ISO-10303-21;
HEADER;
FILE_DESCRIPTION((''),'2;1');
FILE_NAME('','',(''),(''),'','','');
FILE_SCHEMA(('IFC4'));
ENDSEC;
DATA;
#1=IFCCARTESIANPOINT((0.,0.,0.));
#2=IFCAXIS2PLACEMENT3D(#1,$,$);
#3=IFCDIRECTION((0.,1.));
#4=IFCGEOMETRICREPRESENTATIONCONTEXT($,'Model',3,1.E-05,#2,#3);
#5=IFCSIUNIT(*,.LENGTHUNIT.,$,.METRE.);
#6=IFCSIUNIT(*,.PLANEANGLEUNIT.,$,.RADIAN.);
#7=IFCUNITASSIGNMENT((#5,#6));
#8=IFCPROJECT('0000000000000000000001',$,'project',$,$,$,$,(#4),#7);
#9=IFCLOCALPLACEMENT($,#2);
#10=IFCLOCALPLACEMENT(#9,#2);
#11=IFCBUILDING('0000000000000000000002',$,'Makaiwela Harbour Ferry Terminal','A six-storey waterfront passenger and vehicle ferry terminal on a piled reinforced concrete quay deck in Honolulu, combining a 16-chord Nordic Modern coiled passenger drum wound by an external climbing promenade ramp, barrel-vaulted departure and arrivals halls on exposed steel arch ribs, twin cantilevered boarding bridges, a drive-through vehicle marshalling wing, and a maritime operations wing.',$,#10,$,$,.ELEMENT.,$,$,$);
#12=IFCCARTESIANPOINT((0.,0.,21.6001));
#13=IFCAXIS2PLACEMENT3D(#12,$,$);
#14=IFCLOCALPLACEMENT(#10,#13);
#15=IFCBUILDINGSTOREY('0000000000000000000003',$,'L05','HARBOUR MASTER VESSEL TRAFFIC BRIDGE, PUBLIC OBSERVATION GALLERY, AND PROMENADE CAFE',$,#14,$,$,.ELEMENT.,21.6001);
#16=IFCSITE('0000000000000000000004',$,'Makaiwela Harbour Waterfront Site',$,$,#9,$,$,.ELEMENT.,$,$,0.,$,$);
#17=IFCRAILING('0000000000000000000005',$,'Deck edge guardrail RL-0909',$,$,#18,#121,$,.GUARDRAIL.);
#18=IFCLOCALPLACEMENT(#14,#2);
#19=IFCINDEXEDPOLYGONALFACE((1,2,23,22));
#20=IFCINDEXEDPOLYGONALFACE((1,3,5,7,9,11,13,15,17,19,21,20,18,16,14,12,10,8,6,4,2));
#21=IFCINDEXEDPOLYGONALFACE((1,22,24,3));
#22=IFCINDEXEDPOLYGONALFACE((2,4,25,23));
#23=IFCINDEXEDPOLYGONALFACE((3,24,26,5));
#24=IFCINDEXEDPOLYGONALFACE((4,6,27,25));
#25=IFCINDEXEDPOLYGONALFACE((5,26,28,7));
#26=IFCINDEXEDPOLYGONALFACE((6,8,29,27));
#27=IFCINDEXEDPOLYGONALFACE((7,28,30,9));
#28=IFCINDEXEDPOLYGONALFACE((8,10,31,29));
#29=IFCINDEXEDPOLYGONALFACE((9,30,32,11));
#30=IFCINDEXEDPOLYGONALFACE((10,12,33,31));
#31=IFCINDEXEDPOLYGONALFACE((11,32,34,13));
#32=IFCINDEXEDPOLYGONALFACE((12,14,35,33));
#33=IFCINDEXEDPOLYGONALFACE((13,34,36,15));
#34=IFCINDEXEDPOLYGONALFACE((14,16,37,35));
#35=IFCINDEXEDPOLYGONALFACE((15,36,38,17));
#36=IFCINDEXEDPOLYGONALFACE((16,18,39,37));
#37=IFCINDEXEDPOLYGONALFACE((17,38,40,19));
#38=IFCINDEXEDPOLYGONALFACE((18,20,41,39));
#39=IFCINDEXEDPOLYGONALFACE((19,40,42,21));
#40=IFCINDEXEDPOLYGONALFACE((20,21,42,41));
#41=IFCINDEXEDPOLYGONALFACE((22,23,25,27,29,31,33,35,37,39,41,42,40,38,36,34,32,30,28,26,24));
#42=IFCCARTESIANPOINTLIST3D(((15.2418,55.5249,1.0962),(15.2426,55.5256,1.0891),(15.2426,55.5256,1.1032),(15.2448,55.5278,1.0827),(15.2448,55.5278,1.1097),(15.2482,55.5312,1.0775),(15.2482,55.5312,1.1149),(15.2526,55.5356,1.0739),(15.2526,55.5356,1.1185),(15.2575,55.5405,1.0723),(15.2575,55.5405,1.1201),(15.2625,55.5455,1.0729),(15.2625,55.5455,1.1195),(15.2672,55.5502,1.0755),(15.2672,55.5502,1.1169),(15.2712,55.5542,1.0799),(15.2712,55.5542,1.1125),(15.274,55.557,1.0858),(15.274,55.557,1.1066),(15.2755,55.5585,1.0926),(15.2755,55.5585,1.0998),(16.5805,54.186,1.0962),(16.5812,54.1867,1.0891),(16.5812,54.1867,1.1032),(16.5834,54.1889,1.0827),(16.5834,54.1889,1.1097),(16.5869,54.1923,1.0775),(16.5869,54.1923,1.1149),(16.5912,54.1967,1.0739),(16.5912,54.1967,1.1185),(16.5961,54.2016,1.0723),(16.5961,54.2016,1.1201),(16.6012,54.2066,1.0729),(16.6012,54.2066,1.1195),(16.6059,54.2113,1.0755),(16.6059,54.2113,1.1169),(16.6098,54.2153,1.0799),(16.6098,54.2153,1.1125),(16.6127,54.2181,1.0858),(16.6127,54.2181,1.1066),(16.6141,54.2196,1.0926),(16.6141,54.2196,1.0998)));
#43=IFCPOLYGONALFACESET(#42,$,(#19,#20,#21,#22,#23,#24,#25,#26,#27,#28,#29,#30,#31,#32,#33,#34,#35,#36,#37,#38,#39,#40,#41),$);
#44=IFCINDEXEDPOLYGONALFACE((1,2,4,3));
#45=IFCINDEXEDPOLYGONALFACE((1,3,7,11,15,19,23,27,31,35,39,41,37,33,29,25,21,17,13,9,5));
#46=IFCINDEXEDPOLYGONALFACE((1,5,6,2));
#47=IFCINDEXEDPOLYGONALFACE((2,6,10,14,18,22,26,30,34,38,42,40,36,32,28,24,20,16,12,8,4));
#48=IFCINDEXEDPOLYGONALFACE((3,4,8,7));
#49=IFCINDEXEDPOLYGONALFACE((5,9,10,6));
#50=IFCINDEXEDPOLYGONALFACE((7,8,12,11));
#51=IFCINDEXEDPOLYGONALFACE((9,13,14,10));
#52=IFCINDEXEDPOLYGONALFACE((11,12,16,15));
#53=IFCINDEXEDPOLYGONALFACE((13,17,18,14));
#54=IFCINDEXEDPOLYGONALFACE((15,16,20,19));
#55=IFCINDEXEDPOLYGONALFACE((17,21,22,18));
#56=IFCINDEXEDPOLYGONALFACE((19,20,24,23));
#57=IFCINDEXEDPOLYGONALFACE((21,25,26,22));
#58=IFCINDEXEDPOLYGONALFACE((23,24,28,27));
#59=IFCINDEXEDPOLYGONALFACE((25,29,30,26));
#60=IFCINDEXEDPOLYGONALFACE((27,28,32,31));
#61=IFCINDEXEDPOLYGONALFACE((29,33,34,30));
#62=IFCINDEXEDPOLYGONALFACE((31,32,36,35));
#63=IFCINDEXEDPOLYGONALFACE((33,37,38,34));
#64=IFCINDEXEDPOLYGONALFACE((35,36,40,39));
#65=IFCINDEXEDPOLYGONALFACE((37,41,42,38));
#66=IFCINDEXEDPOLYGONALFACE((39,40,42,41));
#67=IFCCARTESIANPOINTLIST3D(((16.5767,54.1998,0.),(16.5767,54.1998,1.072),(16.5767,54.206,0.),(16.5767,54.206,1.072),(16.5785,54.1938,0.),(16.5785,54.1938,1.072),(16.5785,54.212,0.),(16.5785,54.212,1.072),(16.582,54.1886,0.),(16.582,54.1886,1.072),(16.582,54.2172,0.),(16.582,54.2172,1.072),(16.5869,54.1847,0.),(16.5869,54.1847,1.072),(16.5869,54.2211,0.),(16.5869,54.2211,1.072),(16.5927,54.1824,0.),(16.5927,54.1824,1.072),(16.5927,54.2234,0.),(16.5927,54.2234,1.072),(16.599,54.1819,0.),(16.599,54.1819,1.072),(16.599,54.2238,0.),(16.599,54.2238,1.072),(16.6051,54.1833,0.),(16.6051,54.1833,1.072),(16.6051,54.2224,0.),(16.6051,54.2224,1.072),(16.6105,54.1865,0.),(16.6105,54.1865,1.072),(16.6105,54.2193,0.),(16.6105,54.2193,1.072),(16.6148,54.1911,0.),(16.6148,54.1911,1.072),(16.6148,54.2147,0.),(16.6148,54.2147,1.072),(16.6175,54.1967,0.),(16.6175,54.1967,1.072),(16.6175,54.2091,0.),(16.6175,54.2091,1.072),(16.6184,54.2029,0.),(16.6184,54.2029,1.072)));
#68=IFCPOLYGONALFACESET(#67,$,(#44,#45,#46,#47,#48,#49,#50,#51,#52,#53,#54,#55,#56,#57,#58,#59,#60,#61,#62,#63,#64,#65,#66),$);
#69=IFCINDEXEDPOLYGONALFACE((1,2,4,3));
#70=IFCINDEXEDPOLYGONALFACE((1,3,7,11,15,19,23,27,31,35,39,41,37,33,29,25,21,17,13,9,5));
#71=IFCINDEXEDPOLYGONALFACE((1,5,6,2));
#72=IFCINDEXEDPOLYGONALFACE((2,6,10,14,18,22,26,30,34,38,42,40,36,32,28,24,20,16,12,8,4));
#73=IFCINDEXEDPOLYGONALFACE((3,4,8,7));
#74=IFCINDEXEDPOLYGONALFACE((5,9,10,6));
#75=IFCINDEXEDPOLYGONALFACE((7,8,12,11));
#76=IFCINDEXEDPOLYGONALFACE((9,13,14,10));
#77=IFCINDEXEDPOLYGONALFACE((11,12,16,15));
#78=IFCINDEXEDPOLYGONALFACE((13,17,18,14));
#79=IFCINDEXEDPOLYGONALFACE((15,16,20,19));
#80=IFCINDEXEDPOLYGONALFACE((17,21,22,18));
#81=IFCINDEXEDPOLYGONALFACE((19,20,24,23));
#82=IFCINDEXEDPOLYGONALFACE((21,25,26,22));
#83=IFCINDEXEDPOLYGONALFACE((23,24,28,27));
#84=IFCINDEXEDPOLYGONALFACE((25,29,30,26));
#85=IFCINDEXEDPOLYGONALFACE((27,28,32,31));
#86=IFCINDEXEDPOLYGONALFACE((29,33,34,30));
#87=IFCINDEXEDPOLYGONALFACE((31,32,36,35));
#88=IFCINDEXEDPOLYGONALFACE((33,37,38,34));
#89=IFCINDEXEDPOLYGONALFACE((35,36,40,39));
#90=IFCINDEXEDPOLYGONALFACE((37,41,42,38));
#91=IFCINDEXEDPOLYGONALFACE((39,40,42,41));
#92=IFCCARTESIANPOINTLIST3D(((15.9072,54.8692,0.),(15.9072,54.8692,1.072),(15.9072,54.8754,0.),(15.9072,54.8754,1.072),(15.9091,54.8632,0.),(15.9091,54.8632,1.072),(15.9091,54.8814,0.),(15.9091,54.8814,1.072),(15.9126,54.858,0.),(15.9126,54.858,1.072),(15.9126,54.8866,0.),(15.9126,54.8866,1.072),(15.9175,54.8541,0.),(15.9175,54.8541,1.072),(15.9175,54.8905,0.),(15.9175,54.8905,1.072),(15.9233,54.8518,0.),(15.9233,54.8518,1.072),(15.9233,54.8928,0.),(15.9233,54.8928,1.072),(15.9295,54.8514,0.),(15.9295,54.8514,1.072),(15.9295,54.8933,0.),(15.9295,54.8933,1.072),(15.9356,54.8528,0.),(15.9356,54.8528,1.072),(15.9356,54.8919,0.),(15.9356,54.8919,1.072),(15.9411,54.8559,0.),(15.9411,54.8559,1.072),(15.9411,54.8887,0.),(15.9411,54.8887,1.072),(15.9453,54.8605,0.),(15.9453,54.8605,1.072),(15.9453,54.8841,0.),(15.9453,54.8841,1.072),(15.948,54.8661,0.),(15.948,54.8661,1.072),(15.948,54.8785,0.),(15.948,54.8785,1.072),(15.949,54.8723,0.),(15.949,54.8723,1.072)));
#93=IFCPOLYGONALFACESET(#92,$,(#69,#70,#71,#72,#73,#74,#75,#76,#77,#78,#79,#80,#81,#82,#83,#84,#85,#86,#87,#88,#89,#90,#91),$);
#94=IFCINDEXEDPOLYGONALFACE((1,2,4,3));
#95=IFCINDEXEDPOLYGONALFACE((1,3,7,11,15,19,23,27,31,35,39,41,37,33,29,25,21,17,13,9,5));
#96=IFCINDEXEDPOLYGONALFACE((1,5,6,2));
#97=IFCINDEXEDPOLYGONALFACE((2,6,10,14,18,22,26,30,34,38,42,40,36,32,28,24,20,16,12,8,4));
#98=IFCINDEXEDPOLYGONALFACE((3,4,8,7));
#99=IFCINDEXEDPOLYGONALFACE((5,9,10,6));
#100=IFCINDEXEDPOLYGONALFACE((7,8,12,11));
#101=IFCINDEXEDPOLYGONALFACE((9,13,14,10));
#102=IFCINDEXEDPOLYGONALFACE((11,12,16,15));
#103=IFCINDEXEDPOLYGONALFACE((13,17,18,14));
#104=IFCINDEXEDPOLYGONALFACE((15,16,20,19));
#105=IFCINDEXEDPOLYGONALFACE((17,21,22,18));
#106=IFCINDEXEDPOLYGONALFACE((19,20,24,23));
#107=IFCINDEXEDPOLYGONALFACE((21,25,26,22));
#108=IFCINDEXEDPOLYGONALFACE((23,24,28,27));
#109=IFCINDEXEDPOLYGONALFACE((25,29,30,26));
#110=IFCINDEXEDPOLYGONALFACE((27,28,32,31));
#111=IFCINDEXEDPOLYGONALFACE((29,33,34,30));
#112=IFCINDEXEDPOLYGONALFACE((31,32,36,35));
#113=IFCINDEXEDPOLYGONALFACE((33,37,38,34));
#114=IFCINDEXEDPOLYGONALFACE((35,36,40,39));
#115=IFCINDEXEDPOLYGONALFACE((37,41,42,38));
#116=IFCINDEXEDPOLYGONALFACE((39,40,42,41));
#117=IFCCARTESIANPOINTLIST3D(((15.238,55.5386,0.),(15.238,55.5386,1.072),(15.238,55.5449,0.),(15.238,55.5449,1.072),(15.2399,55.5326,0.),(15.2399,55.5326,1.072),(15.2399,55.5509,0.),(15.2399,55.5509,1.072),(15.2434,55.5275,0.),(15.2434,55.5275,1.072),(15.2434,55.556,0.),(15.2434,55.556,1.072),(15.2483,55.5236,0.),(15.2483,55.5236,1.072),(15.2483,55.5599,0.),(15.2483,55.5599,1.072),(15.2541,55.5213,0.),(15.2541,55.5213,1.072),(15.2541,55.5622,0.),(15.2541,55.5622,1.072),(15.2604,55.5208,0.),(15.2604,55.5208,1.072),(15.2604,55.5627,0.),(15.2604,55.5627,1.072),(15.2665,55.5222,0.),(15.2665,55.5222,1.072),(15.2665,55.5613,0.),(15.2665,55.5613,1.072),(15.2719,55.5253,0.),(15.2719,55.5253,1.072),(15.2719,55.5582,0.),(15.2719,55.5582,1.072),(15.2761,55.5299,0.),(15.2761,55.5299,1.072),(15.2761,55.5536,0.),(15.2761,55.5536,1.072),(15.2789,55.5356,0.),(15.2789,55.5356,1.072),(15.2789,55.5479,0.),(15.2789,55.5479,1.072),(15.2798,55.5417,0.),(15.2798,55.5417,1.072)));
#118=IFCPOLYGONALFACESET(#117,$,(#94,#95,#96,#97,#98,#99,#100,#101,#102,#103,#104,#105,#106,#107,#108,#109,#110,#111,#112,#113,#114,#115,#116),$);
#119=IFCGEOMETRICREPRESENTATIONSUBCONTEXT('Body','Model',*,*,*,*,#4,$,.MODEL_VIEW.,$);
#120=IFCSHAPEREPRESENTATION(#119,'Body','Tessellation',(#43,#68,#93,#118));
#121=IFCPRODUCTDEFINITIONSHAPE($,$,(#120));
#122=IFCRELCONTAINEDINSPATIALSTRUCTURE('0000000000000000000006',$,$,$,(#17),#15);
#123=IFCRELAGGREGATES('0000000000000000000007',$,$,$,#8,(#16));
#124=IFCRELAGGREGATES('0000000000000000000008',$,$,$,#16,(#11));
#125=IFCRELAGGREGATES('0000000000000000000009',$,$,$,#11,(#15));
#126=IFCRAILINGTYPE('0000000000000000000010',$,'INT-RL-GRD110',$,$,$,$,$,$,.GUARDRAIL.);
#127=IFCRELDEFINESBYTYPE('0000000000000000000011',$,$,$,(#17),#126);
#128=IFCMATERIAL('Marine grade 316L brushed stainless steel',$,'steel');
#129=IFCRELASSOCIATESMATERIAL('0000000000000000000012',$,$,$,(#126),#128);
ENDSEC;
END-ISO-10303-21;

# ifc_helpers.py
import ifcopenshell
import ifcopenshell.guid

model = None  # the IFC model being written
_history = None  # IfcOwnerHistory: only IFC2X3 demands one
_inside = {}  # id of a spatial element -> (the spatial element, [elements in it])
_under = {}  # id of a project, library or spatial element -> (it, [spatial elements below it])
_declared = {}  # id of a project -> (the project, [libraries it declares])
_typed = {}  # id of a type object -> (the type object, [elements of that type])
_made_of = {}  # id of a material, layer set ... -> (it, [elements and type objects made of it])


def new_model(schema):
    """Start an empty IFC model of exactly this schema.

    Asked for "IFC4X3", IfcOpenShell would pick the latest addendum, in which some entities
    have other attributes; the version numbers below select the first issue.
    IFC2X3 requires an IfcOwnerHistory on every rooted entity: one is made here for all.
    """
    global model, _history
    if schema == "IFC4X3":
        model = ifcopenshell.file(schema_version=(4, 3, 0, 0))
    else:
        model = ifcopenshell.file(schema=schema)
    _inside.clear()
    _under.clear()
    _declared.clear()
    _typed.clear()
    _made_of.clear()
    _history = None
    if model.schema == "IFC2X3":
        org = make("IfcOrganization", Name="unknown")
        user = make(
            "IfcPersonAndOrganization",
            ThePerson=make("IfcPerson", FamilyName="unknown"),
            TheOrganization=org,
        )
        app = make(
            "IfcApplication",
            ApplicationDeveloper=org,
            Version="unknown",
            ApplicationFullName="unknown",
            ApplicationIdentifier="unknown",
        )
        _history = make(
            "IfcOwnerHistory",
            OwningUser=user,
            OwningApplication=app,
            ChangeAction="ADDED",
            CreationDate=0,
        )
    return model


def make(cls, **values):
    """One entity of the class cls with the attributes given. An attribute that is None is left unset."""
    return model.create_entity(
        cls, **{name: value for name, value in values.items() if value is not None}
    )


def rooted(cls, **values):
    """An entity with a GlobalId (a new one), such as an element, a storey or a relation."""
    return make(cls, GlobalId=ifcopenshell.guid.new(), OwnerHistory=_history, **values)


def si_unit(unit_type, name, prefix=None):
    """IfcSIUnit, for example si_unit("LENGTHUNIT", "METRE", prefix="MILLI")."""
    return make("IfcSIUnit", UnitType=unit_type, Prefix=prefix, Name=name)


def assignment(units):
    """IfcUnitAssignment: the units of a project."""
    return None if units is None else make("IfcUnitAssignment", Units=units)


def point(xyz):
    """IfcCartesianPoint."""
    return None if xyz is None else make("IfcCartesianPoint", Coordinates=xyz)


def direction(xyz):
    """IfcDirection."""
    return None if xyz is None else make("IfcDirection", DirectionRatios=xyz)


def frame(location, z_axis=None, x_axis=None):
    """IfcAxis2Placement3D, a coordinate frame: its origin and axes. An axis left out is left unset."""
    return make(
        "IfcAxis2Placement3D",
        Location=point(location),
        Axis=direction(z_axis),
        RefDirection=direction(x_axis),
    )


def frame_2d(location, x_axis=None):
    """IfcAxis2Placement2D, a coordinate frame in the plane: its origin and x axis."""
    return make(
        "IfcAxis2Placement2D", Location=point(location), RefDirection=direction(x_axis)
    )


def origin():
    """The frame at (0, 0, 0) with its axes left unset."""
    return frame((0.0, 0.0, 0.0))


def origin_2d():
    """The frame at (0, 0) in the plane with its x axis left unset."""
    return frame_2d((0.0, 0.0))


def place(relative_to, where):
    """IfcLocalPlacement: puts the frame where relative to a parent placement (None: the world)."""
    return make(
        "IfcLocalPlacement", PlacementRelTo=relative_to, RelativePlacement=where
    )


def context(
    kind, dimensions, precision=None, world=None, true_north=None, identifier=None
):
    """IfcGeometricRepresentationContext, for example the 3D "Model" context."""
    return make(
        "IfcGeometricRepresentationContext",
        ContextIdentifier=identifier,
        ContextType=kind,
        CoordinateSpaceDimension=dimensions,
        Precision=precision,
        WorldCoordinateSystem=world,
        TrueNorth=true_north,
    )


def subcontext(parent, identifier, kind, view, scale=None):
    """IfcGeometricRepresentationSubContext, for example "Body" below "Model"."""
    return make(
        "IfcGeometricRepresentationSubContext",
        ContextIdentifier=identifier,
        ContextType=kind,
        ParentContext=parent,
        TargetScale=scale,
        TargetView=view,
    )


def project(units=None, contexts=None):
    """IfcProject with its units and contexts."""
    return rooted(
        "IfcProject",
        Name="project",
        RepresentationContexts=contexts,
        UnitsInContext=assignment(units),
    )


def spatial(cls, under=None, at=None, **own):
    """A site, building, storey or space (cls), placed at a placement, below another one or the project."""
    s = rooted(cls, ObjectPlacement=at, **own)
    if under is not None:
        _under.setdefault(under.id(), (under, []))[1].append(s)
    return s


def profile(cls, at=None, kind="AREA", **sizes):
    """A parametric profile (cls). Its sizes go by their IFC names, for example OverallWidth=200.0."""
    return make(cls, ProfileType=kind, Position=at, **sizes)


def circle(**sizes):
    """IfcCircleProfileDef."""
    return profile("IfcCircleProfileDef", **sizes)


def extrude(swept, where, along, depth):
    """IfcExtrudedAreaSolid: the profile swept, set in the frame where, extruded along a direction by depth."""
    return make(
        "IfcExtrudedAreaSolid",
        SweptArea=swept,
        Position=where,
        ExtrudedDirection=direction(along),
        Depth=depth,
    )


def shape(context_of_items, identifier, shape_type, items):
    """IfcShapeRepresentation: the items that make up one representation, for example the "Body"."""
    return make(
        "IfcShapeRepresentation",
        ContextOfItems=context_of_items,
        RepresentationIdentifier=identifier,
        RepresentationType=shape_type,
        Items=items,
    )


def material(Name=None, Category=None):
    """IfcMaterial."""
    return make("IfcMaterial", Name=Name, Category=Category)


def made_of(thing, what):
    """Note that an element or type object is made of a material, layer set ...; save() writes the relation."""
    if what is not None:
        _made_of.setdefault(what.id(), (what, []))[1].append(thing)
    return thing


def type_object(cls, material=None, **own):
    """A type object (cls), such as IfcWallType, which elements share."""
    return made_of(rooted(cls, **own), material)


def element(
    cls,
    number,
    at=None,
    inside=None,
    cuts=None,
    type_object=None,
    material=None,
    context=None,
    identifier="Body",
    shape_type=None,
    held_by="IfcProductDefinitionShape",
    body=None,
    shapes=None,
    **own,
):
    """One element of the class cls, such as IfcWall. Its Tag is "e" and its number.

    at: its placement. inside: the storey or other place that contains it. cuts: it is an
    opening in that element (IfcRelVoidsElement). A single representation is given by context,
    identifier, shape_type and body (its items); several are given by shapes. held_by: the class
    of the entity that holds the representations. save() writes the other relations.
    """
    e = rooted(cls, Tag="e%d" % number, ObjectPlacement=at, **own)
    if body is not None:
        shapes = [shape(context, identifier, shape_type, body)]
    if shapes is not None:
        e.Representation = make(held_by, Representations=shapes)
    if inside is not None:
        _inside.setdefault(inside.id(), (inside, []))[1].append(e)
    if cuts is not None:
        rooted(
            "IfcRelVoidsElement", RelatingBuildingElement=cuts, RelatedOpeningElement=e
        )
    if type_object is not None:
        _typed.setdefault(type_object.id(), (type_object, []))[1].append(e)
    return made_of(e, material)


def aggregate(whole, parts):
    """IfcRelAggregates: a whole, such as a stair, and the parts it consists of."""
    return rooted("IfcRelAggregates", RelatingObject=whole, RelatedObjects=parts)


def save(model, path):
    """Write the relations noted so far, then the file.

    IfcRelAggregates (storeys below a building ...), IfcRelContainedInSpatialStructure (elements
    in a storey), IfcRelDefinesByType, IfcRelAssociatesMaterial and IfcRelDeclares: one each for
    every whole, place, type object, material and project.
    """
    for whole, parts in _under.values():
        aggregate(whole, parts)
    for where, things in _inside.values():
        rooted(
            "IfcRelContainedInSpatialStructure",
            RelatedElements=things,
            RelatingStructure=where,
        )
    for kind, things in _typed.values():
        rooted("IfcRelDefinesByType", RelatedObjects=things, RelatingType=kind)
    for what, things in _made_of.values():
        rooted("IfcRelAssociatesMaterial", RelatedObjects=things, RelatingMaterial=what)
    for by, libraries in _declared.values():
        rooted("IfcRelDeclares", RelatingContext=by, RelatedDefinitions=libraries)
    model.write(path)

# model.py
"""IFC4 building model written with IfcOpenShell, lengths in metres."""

from ifc_helpers import new_model, si_unit, direction, frame, origin, origin_2d, place, context, subcontext, project, spatial, circle, extrude, material, type_object, element, save


model = new_model("IFC4")

# Units and contexts
model_context = context("Model", 3, precision=1e-05, world=origin(), true_north=direction((0.0, 1.0)))
body_context = subcontext(model_context, "Body", "Model", "MODEL_VIEW")
ifc_project = project(units=[si_unit("LENGTHUNIT", "METRE"), si_unit("PLANEANGLEUNIT", "RADIAN")], contexts=[model_context])

# Site, building, storey
site_placement = place(None, origin())
site = spatial("IfcSite", under=ifc_project, at=site_placement, Name="Makaiwela Harbour Waterfront Site", CompositionType="ELEMENT", RefElevation=0.0)
building_placement = place(site_placement, origin())
building = spatial("IfcBuilding", under=site, at=building_placement, Name="Makaiwela Harbour Ferry Terminal", Description="A six-storey waterfront passenger and vehicle ferry terminal on a piled reinforced concrete quay deck in Honolulu, combining a 16-chord Nordic Modern coiled passenger drum wound by an external climbing promenade ramp, barrel-vaulted departure and arrivals halls on exposed steel arch ribs, twin cantilevered boarding bridges, a drive-through vehicle marshalling wing, and a maritime operations wing.", CompositionType="ELEMENT")
storey_placement = place(building_placement, frame((0.0, 0.0, 21.6001)))
storey = spatial("IfcBuildingStorey", under=building, at=storey_placement, Name="L05", Description="HARBOUR MASTER VESSEL TRAFFIC BRIDGE, PUBLIC OBSERVATION GALLERY, AND PROMENADE CAFE", CompositionType="ELEMENT", Elevation=21.6001)

# Railing
ifc_material_1 = material(Name="Marine grade 316L brushed stainless steel", Category="steel")
railing_type = type_object("IfcRailingType", Name="INT-RL-GRD110", PredefinedType="GUARDRAIL", material=ifc_material_1)
railing_1_placement = place(storey_placement, frame((16.5974, 54.2029, 0.0)))
element("IfcRailing", 1, at=railing_1_placement, inside=storey, type_object=railing_type, Name="Deck edge guardrail RL-0909", PredefinedType="GUARDRAIL", context=body_context, shape_type="SweptSolid", body=[
    extrude(circle(Radius=0.0239, at=origin_2d()), frame((0.0, 0.0, 1.0962), z_axis=(-0.707042, 0.707171, 0.0), x_axis=(-0.707171, -0.707042, 0.0)), (0.0, 0.0, 1.0), 1.8933),
    extrude(circle(Radius=0.021, at=origin_2d()), origin(), (0.0, 0.0, 1.0), 1.072),
    extrude(circle(Radius=0.021, at=origin_2d()), frame((-0.6694, 0.6694, 0.0)), (0.0, 0.0, 1.0), 1.072),
    extrude(circle(Radius=0.021, at=origin_2d()), frame((-1.3386, 1.3389, 0.0)), (0.0, 0.0, 1.0), 1.072),
])

save(model, "model.ifc")
